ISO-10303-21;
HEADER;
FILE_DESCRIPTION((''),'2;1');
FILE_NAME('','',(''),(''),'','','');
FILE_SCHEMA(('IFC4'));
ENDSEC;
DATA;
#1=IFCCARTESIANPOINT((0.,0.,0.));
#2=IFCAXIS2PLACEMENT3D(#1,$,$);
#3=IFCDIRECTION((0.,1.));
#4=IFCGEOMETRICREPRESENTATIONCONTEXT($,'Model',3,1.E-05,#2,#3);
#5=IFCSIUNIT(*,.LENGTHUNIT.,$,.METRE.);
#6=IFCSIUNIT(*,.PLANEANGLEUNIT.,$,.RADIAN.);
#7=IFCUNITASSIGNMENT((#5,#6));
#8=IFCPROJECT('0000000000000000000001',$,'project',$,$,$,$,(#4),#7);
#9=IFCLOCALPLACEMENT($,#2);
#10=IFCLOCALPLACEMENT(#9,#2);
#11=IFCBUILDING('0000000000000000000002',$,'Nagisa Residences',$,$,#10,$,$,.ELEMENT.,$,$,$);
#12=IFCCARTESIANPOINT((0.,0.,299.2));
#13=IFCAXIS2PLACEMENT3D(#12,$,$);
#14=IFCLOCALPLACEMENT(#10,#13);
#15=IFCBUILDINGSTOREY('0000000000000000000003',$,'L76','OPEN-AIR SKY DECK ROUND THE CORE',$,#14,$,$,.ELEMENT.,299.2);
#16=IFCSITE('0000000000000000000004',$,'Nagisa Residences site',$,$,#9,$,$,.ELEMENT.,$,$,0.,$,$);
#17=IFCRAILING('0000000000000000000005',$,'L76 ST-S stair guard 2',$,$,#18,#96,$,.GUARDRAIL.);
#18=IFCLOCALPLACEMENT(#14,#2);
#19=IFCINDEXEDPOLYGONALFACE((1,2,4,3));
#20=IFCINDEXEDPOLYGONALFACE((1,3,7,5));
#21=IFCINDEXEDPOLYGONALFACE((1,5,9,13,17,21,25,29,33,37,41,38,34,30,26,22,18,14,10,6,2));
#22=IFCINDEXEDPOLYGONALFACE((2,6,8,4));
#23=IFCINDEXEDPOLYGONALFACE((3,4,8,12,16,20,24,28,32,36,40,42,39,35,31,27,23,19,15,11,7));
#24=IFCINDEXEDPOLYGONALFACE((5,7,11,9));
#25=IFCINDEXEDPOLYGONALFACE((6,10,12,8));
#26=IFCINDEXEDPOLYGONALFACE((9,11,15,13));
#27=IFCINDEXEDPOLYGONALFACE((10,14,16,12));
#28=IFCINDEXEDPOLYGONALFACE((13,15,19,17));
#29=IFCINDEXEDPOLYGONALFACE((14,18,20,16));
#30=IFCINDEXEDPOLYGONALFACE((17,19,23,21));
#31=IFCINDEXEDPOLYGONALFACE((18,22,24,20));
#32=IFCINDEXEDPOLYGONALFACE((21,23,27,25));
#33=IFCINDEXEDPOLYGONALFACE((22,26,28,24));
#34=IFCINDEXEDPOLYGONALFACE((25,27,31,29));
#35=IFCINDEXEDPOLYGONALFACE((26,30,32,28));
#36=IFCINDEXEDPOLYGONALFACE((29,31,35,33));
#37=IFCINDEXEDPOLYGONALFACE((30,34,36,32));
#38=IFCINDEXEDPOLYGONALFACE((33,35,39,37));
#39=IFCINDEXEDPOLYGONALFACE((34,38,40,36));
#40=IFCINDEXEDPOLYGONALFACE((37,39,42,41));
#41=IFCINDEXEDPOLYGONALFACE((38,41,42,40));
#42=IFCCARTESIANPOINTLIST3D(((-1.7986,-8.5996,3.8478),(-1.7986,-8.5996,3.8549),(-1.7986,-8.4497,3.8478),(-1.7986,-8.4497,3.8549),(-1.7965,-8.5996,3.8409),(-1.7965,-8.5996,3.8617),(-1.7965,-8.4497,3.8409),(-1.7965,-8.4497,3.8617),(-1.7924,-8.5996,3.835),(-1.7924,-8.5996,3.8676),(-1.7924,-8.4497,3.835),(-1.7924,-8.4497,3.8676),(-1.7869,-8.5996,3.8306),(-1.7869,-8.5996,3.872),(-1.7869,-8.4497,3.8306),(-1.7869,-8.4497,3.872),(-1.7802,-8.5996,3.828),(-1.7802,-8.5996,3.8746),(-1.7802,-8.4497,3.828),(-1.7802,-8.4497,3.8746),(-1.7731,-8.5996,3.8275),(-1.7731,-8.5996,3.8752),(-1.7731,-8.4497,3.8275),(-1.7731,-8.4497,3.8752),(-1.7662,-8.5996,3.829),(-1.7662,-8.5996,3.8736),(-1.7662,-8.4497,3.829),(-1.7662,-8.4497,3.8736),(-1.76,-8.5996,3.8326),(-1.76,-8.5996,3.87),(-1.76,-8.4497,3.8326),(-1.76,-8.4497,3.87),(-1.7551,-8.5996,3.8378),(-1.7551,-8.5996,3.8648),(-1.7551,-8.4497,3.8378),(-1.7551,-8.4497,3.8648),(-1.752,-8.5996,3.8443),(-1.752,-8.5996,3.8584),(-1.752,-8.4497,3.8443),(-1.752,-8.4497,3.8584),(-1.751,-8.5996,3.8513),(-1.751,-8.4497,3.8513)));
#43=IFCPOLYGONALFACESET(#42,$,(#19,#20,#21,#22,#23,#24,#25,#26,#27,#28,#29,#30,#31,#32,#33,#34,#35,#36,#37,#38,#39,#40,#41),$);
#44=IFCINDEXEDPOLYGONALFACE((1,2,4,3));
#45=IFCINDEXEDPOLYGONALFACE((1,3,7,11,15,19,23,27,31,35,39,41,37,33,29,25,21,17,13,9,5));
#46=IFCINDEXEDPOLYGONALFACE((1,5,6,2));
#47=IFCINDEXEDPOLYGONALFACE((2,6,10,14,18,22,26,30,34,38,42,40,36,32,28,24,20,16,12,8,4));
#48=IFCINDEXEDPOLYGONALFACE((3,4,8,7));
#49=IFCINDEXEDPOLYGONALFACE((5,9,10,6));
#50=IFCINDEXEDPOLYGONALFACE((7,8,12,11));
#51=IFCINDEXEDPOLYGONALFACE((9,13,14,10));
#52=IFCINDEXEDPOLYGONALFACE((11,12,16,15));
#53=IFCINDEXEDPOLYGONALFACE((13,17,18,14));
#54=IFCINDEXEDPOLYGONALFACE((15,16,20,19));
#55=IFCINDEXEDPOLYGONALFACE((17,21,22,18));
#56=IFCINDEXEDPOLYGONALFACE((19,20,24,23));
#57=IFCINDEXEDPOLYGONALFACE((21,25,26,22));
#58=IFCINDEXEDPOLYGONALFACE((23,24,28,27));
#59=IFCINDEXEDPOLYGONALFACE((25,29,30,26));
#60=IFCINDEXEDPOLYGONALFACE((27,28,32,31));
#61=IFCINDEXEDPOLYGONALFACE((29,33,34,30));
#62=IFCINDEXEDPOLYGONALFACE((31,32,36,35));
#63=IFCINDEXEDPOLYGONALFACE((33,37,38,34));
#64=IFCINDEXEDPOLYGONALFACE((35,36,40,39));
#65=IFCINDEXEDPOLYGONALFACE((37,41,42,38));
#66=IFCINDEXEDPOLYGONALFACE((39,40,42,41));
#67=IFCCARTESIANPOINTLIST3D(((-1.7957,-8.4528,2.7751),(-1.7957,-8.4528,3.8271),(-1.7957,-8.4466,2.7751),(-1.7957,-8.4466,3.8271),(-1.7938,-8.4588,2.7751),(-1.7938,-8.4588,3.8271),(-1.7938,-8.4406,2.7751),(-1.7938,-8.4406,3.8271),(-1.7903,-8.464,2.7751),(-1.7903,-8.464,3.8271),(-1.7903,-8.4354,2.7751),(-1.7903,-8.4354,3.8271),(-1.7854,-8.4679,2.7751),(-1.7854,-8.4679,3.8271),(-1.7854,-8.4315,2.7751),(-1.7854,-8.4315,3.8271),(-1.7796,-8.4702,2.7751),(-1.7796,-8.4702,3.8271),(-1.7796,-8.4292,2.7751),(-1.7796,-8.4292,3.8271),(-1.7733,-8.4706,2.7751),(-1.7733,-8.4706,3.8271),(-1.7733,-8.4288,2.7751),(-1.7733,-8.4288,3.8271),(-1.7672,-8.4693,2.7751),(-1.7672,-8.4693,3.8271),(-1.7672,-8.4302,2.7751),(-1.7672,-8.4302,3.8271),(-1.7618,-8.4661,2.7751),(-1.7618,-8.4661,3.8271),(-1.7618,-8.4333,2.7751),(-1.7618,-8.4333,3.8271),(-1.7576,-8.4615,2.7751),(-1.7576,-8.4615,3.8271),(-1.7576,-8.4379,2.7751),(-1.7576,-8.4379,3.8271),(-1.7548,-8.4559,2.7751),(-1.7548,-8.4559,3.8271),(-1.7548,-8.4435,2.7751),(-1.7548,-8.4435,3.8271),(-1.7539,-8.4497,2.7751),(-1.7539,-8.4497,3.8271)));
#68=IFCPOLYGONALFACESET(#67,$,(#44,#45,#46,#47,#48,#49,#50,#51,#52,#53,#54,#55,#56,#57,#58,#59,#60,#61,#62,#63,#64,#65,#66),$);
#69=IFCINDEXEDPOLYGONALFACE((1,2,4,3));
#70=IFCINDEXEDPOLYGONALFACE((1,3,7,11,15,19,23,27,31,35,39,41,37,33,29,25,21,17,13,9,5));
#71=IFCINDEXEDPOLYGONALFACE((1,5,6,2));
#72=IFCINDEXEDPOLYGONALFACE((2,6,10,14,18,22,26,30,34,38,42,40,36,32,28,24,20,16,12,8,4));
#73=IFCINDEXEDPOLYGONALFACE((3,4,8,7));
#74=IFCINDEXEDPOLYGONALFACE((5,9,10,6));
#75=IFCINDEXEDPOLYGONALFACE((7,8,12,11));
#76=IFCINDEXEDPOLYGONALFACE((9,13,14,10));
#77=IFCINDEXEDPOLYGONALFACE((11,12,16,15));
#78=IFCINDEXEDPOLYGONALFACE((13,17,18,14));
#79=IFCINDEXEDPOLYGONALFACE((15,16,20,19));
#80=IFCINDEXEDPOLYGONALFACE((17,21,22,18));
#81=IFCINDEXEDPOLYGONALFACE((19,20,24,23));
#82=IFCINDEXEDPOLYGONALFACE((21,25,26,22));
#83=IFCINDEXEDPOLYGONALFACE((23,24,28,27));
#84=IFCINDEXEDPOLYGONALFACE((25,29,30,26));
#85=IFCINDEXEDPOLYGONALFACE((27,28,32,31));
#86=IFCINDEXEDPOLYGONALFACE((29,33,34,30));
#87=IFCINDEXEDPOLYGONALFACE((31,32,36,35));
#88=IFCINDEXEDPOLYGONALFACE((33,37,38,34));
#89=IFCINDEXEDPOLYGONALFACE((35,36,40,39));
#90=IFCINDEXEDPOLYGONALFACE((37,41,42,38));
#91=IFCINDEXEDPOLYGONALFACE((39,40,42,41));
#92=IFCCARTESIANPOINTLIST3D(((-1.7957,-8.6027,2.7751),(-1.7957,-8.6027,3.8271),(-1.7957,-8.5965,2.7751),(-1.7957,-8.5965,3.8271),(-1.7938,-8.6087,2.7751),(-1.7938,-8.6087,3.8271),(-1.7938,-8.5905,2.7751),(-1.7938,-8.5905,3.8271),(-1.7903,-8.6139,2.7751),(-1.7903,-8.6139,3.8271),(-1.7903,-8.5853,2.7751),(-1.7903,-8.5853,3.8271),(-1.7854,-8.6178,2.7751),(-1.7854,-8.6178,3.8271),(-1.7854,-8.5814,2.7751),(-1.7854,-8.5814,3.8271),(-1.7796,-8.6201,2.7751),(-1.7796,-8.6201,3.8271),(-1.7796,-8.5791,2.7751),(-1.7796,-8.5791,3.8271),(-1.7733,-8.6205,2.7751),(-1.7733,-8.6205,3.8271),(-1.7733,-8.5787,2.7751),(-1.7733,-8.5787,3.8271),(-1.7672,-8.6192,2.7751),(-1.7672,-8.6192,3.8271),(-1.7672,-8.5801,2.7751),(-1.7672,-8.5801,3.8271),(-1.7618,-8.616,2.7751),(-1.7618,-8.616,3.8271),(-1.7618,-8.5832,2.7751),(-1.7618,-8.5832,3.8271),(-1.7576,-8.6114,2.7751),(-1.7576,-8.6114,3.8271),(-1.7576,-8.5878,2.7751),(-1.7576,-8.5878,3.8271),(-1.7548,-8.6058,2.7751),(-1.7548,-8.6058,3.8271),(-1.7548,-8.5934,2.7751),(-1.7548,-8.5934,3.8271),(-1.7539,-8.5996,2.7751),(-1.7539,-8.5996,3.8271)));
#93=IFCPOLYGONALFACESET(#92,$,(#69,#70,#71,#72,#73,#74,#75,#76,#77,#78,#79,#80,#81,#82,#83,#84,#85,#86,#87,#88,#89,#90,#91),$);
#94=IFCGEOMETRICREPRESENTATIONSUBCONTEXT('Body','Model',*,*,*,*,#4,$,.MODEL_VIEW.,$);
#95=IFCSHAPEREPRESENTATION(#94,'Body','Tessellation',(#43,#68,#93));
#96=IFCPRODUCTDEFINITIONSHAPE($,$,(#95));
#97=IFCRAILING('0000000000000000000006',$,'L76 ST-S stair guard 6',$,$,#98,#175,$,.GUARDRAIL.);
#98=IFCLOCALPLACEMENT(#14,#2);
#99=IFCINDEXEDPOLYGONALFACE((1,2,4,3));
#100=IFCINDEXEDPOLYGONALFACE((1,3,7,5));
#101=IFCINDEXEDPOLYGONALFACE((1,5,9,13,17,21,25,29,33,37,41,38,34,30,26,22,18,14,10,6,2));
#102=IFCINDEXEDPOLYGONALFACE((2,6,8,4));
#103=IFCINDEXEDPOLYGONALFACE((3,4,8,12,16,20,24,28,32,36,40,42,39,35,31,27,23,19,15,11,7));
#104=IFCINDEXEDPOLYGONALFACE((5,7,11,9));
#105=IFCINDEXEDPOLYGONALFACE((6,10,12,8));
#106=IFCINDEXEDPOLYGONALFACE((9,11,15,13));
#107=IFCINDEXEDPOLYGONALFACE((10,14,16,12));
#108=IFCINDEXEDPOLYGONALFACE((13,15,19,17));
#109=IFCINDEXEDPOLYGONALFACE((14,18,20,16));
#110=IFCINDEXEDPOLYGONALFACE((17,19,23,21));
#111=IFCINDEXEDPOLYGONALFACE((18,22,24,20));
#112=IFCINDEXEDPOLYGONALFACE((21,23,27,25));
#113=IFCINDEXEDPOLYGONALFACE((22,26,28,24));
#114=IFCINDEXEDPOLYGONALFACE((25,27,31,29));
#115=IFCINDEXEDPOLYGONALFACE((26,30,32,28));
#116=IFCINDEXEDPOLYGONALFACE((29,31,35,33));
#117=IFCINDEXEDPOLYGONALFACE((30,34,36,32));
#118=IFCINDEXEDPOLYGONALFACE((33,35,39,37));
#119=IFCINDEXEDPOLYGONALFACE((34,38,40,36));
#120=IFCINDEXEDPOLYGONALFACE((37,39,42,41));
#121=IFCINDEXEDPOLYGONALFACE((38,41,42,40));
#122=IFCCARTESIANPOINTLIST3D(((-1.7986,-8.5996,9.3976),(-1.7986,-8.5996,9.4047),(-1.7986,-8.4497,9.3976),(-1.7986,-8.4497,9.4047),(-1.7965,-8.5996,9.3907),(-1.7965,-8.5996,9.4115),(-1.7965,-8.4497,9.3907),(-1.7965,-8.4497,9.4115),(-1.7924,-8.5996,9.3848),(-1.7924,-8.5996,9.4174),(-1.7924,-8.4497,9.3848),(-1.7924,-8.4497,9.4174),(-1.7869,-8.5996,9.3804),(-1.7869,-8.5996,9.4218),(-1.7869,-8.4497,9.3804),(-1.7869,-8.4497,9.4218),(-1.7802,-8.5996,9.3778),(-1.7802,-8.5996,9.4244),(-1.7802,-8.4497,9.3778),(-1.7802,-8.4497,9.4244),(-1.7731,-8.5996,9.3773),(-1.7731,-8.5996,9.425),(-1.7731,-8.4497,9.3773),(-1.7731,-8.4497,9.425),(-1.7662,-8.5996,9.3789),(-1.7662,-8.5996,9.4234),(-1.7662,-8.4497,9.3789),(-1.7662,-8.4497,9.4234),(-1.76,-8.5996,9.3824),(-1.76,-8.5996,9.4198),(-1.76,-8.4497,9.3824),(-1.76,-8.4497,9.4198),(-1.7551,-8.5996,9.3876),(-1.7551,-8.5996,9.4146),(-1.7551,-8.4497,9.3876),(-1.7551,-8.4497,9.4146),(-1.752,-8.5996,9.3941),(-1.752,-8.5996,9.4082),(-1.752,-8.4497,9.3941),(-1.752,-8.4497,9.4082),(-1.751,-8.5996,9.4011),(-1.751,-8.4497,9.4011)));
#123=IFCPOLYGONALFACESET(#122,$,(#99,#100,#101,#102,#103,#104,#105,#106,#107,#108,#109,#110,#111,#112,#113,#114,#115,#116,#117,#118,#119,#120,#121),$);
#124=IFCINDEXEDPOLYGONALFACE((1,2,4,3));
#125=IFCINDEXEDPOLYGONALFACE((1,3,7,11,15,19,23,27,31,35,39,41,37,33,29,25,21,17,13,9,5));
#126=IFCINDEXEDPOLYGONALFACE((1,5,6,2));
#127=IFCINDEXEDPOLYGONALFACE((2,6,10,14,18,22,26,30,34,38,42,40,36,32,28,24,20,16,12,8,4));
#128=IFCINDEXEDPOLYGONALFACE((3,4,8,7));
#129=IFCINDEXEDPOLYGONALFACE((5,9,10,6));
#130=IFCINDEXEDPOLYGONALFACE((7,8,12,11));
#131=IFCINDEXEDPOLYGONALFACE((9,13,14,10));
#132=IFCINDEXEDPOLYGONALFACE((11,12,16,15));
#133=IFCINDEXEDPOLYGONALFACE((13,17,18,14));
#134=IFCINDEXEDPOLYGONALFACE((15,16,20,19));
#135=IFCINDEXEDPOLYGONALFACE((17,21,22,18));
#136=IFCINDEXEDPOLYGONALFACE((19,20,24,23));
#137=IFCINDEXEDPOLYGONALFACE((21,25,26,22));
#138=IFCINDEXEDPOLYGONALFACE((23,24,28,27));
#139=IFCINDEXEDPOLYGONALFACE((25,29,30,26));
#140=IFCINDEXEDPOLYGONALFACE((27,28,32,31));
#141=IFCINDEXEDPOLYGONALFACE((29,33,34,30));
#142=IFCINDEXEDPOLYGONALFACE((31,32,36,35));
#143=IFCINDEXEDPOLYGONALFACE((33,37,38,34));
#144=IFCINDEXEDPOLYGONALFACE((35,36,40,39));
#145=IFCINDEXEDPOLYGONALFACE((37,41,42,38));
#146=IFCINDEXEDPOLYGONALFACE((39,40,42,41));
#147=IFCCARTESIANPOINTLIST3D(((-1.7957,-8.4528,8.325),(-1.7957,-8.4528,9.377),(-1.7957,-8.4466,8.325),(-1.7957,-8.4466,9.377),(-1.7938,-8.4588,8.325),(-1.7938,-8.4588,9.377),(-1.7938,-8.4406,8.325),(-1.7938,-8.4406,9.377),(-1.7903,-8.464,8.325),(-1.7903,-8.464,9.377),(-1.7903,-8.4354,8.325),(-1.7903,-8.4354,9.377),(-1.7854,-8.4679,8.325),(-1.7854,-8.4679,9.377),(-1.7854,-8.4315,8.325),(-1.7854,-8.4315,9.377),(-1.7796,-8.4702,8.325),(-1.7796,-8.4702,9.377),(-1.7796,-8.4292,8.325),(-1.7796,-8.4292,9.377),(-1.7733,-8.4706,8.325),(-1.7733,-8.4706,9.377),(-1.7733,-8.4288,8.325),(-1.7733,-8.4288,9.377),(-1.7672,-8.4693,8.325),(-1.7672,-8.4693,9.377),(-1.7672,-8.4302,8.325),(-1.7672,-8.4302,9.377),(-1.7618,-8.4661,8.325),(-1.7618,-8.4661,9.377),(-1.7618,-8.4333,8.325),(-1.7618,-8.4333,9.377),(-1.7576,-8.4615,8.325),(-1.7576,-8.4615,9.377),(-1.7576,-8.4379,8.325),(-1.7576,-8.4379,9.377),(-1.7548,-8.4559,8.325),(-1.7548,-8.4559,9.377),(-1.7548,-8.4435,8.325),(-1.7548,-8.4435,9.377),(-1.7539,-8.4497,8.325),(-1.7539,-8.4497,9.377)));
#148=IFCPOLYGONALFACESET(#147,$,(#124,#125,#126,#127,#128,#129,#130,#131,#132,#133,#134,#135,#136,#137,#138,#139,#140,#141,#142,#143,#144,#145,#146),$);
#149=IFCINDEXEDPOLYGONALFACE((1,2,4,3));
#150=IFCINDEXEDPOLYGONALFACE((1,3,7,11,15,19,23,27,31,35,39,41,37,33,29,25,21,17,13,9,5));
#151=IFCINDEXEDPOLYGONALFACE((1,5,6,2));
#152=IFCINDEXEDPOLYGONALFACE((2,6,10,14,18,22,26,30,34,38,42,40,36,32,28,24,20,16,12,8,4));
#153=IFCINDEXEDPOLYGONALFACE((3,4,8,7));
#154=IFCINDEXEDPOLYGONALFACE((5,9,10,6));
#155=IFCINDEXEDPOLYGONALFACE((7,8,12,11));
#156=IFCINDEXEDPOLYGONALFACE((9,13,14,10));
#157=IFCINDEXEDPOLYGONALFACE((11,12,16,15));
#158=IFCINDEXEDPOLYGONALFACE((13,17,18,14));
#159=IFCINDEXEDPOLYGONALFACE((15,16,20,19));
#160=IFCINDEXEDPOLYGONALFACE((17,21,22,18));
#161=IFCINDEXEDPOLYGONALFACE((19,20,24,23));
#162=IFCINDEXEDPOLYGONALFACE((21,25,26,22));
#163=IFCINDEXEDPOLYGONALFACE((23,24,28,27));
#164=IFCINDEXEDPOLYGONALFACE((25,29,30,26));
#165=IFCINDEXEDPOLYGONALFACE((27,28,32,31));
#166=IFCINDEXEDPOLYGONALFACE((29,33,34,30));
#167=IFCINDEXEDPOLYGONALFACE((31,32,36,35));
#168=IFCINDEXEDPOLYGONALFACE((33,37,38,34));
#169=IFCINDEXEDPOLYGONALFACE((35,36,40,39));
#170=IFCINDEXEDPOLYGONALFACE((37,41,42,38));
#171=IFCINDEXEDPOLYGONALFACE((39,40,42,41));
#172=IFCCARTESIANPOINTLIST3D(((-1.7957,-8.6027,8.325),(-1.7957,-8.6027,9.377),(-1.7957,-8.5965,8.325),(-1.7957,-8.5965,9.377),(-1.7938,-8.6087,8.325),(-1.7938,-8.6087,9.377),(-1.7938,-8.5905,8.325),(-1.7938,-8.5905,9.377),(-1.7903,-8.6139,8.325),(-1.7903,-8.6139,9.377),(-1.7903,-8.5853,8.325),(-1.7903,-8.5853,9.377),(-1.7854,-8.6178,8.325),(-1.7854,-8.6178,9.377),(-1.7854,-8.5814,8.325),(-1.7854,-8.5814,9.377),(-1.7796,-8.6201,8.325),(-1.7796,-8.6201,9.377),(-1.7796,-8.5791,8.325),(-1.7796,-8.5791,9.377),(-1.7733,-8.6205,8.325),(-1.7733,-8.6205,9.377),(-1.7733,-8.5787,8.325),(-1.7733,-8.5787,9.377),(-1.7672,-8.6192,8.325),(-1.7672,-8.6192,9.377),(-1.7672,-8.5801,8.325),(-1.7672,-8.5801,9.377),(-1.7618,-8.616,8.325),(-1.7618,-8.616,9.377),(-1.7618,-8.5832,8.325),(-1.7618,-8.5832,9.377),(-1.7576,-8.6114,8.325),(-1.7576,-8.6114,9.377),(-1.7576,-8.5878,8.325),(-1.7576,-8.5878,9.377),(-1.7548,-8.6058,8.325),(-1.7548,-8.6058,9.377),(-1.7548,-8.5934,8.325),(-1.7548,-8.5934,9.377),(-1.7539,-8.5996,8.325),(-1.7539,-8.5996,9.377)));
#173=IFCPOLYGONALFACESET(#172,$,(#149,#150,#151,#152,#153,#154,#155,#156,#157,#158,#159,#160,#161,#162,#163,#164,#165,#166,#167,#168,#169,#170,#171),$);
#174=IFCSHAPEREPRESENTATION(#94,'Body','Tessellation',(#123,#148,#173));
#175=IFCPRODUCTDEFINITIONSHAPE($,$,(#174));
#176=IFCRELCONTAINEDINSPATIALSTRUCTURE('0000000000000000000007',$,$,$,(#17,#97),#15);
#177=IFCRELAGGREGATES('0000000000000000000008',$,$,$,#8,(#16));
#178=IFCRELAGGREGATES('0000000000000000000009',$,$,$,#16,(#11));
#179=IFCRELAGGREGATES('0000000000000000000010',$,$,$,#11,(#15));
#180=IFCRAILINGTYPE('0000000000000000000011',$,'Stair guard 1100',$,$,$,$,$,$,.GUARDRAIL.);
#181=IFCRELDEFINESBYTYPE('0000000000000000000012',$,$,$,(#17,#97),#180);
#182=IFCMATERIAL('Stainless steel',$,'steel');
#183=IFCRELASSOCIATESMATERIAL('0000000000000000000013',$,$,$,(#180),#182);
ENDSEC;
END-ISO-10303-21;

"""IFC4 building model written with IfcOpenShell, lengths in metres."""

from ifc_helpers import new_model, si_unit, direction, frame, origin, origin_2d, place, context, subcontext, project, spatial, circle, extrude, material, type_object, element, save


model = new_model("IFC4")

# Units and contexts
model_context = context("Model", 3, precision=1e-05, world=origin(), true_north=direction((0.0, 1.0)))
body_context = subcontext(model_context, "Body", "Model", "MODEL_VIEW")
ifc_project = project(units=[si_unit("LENGTHUNIT", "METRE"), si_unit("PLANEANGLEUNIT", "RADIAN")], contexts=[model_context])

# Site, building, storey
site_placement = place(None, origin())
site = spatial("IfcSite", under=ifc_project, at=site_placement, Name="Nagisa Residences site", CompositionType="ELEMENT", RefElevation=0.0)
building_placement = place(site_placement, origin())
building = spatial("IfcBuilding", under=site, at=building_placement, Name="Nagisa Residences", CompositionType="ELEMENT")
storey_placement = place(building_placement, frame((0.0, 0.0, 299.2)))
storey = spatial("IfcBuildingStorey", under=building, at=storey_placement, Name="L76", Description="OPEN-AIR SKY DECK ROUND THE CORE", CompositionType="ELEMENT", Elevation=299.2)

# Railings
ifc_material_1 = material(Name="Stainless steel", Category="steel")
railing_type_1 = type_object("IfcRailingType", Name="Stair guard 1100", PredefinedType="GUARDRAIL", material=ifc_material_1)
for number, where, name in (
    (1, (-1.7749, -8.4497, 2.7751), "L76 ST-S stair guard 2"),
    (2, (-1.7749, -8.4497, 8.325), "L76 ST-S stair guard 6"),
):
    element("IfcRailing", number, at=place(storey_placement, frame(where)), inside=storey, type_object=railing_type_1, Name=name, PredefinedType="GUARDRAIL", context=body_context, shape_type="SweptSolid", body=[
        extrude(circle(Radius=0.0239, at=origin_2d()), frame((0.0, 0.0, 1.0762), z_axis=(0.0, -1.0, 0.0), x_axis=(1.0, 0.0, 0.0)), (0.0, 0.0, 1.0), 0.1499),
        extrude(circle(Radius=0.021, at=origin_2d()), origin(), (0.0, 0.0, 1.0), 1.052),
        extrude(circle(Radius=0.021, at=origin_2d()), frame((0.0, -0.1499, 0.0)), (0.0, 0.0, 1.0), 1.052),
    ])

save(model, "model.ifc")
